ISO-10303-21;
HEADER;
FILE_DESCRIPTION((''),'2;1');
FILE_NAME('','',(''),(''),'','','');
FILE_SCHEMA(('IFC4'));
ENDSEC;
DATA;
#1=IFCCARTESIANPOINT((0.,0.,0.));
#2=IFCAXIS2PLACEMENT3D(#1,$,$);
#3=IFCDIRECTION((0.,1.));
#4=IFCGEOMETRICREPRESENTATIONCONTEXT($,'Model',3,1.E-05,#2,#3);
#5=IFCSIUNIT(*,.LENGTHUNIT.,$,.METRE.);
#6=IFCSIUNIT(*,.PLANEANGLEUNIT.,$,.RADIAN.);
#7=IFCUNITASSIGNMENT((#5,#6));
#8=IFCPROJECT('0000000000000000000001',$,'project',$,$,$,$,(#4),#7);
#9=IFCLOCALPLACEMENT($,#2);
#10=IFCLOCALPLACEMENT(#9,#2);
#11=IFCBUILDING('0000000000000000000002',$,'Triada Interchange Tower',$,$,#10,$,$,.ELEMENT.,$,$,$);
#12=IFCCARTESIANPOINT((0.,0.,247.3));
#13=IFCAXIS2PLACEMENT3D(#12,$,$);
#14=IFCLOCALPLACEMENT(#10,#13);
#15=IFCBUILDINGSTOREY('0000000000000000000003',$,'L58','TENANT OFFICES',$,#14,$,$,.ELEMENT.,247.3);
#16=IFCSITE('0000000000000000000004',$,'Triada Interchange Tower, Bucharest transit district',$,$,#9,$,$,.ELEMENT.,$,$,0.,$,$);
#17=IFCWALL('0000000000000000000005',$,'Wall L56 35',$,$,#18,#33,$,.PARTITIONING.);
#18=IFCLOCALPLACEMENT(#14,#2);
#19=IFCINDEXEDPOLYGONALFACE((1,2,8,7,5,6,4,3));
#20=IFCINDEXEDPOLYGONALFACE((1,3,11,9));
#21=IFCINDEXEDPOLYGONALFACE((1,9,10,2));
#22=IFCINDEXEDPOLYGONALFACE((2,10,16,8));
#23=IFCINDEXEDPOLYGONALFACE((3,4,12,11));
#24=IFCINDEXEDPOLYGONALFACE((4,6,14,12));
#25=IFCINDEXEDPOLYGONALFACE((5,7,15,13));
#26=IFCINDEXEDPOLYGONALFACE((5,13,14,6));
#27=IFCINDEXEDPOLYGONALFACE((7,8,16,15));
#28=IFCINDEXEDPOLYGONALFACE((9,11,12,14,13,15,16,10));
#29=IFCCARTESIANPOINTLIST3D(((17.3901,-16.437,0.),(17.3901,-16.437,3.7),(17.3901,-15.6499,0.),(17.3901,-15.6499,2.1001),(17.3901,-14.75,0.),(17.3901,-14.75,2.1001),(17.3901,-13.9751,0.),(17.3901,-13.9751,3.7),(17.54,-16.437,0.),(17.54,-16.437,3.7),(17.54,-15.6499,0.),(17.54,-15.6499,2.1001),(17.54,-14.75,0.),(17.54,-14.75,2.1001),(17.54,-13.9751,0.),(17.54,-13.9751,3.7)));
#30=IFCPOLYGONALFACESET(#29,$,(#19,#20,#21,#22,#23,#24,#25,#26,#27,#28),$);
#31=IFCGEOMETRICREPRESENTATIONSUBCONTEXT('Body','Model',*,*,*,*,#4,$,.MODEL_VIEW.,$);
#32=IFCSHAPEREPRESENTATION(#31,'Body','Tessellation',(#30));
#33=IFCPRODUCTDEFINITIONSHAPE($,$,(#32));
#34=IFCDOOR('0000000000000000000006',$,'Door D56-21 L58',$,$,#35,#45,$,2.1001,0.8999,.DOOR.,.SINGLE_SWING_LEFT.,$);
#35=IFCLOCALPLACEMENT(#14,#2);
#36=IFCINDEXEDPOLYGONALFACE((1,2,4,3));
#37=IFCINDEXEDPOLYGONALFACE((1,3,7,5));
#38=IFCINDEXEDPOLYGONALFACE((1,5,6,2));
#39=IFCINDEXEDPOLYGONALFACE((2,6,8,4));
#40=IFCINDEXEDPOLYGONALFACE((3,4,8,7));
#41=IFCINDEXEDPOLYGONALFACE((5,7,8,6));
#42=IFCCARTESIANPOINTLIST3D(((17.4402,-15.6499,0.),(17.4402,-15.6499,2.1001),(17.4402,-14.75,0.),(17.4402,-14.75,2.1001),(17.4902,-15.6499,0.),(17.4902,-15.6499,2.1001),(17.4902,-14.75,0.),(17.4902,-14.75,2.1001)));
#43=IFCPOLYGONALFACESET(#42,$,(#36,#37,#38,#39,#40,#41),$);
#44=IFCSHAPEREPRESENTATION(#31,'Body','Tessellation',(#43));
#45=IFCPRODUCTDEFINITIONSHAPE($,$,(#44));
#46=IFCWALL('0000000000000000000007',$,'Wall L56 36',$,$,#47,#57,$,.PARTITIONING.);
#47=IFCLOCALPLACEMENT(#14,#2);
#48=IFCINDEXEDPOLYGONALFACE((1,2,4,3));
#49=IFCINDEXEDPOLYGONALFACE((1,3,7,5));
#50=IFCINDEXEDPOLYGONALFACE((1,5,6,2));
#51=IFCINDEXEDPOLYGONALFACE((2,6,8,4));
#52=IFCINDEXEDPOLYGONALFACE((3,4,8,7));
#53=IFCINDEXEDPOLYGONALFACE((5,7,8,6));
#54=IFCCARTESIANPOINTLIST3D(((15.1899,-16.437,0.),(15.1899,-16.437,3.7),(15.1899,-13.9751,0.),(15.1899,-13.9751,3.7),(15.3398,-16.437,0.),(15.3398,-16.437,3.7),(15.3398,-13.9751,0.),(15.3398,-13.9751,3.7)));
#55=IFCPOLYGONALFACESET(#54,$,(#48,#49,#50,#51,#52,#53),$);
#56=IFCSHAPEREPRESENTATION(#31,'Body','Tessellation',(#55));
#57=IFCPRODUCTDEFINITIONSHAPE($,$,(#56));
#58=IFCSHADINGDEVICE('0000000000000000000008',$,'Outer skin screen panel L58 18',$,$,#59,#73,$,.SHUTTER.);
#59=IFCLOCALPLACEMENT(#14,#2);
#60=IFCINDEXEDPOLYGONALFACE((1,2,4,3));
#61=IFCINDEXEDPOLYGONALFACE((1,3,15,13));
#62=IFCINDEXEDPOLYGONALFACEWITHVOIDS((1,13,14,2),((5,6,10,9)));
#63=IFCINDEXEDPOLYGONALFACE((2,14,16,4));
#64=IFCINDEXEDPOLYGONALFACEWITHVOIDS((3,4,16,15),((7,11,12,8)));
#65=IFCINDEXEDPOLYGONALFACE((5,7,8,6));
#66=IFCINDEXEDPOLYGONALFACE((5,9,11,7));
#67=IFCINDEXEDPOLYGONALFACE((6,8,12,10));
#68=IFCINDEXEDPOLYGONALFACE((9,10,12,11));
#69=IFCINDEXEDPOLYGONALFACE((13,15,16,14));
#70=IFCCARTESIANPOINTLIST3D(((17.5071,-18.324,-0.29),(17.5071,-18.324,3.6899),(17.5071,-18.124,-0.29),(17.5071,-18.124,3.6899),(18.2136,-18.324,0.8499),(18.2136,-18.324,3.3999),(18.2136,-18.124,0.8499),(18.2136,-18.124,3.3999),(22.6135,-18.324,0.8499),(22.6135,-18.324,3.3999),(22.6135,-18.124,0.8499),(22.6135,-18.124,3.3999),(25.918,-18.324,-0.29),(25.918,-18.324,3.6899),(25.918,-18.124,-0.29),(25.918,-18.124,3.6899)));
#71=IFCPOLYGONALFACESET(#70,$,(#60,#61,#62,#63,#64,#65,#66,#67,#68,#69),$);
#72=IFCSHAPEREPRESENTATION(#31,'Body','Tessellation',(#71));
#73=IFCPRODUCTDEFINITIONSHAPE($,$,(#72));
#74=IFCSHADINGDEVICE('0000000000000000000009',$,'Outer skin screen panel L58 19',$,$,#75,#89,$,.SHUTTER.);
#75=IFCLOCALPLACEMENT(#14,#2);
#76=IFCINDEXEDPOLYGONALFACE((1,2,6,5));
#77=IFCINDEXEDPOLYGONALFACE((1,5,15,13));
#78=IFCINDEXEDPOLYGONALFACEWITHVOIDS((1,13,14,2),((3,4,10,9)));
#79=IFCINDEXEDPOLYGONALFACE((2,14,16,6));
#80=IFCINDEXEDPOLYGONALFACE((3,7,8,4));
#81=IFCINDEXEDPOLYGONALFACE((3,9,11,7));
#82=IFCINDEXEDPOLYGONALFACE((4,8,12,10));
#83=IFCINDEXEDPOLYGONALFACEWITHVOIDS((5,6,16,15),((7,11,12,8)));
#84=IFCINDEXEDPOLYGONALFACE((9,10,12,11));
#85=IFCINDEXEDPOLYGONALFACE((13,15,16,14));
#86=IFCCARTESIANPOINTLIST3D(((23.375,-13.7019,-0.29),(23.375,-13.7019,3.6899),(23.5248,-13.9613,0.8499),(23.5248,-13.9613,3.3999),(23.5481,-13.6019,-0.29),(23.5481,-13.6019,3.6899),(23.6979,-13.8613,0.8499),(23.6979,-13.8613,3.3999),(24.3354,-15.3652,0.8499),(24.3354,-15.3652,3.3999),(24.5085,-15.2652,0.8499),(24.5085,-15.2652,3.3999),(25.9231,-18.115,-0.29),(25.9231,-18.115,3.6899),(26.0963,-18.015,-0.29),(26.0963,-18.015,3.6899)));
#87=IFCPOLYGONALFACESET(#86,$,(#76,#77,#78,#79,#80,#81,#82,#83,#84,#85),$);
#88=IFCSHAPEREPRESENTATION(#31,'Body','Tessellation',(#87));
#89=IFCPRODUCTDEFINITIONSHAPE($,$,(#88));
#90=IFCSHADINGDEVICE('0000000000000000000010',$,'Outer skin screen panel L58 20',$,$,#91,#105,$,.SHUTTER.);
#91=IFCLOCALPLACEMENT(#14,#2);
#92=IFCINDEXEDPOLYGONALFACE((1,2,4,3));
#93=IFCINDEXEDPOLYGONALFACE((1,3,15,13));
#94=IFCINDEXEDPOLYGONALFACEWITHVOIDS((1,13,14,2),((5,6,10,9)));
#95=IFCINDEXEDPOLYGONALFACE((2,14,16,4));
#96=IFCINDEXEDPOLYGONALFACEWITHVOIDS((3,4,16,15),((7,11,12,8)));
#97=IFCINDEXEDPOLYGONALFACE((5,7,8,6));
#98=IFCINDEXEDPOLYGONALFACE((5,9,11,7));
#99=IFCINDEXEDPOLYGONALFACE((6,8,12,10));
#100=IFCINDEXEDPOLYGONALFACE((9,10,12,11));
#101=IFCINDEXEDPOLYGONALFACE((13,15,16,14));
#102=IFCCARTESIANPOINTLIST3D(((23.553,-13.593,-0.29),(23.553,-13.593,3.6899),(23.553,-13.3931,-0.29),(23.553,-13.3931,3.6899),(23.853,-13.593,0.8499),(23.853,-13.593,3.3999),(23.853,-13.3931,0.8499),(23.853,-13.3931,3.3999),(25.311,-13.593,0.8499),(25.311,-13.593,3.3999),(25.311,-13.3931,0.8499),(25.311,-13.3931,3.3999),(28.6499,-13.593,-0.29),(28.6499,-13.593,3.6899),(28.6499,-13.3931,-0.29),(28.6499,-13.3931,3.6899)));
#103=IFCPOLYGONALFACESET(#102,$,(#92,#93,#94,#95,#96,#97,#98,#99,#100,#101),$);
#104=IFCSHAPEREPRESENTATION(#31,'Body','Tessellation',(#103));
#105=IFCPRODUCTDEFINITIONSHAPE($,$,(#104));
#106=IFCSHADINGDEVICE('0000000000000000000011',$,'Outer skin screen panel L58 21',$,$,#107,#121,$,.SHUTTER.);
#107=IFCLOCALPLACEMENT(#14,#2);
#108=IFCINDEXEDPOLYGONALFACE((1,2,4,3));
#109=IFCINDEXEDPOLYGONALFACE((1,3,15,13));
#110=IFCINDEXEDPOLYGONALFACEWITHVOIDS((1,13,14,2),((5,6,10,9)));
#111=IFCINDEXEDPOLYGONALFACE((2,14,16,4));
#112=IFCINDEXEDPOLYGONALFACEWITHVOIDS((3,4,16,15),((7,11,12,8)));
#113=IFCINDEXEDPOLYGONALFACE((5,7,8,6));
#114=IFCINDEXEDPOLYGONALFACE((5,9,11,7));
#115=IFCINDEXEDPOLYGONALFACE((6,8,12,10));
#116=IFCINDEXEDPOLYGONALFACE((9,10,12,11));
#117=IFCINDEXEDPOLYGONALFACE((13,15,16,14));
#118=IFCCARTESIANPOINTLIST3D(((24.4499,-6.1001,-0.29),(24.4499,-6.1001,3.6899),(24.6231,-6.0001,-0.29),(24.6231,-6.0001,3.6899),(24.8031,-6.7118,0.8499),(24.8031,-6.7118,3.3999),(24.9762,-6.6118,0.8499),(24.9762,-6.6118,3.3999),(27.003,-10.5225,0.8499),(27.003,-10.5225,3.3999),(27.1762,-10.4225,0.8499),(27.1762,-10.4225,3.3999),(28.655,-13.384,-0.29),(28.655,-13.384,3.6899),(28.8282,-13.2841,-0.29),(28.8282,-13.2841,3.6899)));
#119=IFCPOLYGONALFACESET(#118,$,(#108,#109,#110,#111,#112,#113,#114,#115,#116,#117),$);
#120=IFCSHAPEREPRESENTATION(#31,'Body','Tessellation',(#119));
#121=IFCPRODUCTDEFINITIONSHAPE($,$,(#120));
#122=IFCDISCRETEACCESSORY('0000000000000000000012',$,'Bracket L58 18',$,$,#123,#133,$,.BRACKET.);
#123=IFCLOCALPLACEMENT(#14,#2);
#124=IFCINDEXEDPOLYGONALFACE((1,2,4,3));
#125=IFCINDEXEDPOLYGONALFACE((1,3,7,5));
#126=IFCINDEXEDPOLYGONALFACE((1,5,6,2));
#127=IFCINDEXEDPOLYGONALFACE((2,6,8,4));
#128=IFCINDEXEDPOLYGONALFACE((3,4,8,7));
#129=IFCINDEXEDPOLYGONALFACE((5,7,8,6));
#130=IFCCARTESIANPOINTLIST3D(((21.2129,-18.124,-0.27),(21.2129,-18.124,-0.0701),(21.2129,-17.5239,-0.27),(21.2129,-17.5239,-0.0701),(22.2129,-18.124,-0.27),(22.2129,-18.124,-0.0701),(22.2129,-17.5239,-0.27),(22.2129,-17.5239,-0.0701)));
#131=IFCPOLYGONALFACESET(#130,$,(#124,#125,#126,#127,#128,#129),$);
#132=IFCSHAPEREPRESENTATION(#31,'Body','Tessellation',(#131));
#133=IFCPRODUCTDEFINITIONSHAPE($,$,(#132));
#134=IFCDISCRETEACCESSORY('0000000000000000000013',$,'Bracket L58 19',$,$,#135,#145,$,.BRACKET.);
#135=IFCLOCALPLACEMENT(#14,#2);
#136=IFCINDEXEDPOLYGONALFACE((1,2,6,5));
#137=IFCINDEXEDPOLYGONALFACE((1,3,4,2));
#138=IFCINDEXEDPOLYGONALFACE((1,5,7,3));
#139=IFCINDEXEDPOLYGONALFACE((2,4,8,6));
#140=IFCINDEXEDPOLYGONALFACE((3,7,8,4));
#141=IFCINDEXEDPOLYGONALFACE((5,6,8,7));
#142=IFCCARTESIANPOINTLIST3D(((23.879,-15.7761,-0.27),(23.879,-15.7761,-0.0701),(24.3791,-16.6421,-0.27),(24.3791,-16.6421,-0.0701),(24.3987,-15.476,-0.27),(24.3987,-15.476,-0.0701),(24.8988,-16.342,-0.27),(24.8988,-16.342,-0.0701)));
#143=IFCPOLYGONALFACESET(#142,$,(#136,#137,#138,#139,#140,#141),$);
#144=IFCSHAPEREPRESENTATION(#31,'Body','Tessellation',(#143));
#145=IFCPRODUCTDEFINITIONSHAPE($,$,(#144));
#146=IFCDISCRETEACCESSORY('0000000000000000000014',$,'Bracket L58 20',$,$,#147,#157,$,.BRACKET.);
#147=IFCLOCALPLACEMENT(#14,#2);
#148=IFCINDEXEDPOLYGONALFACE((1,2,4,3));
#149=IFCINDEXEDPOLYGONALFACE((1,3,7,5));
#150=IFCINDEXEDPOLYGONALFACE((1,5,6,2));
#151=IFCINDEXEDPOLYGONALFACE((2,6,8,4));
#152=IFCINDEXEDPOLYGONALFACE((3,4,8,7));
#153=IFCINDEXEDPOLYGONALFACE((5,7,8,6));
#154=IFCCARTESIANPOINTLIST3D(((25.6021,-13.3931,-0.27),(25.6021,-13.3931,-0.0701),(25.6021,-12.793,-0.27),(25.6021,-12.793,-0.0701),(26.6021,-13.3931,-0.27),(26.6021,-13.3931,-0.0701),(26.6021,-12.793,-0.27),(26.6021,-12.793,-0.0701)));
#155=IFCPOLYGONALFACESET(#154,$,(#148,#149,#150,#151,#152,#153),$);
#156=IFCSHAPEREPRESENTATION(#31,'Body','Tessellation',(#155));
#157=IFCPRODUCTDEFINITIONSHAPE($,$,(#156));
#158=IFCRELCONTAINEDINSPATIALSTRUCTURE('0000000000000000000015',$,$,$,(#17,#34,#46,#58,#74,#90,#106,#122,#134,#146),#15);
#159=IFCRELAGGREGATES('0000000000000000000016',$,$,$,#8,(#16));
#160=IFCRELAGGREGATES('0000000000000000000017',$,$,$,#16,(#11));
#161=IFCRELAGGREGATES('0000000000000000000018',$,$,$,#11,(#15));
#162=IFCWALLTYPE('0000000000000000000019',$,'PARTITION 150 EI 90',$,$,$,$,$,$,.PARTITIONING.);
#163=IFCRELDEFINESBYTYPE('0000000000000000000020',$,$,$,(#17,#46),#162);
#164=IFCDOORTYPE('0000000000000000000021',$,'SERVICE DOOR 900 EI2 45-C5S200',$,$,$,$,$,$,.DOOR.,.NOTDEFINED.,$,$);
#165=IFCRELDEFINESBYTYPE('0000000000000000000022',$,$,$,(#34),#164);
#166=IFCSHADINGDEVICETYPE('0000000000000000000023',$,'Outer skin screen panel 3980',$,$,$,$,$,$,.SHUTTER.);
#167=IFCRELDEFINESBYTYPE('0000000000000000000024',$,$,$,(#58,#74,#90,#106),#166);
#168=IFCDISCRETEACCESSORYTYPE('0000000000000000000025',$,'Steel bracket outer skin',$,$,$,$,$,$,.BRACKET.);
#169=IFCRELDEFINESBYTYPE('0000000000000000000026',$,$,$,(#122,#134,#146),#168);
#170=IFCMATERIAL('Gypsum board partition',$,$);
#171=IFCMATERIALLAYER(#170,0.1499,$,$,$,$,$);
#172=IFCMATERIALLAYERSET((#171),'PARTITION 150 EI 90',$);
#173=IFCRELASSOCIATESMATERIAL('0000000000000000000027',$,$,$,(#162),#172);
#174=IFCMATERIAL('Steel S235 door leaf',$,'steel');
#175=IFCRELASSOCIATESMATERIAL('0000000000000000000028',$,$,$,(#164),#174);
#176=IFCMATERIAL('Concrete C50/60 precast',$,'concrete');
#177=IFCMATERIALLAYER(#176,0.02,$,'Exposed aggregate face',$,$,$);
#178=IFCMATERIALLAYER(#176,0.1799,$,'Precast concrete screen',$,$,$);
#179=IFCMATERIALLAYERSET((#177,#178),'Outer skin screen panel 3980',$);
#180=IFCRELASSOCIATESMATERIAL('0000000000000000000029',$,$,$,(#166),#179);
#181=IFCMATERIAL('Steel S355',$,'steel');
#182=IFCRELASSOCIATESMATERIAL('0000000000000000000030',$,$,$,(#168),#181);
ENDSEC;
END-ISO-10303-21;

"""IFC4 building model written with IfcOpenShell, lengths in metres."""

from ifc_helpers import new_model, si_unit, direction, frame, frame_2d, origin, origin_2d, place, context, subcontext, project, spatial, polyline, rectangle, outline, extrude, material, layer, layer_set, type_object, element, fill, save


model = new_model("IFC4")

# Units and contexts
model_context = context("Model", 3, precision=1e-05, world=origin(), true_north=direction((0.0, 1.0)))
body_context = subcontext(model_context, "Body", "Model", "MODEL_VIEW")
ifc_project = project(units=[si_unit("LENGTHUNIT", "METRE"), si_unit("PLANEANGLEUNIT", "RADIAN")], contexts=[model_context])

# Site, building, storey
site_placement = place(None, origin())
site = spatial("IfcSite", under=ifc_project, at=site_placement, Name="Triada Interchange Tower, Bucharest transit district", CompositionType="ELEMENT", RefElevation=0.0)
building_placement = place(site_placement, origin())
building = spatial("IfcBuilding", under=site, at=building_placement, Name="Triada Interchange Tower", CompositionType="ELEMENT")
storey_placement = place(building_placement, frame((0.0, 0.0, 247.3)))
storey = spatial("IfcBuildingStorey", under=building, at=storey_placement, Name="L58", Description="TENANT OFFICES", CompositionType="ELEMENT", Elevation=247.3)

# Wall, opening, door
ifc_material_1 = material(Name="Gypsum board partition")
ifc_layer_1 = layer(ifc_material_1, 0.1499)
ifc_layer_set_1 = layer_set([ifc_layer_1], Name="PARTITION 150 EI 90")
wall_type_1 = type_object("IfcWallType", Name="PARTITION 150 EI 90", PredefinedType="PARTITIONING", material=ifc_layer_set_1)
wall_1_placement = place(storey_placement, frame((17.4651, -16.437, 0.0), z_axis=(0.0, 0.0, 1.0), x_axis=(0.0, 1.0, 0.0)))
wall_1 = element("IfcWall", 1, at=wall_1_placement, inside=storey, type_object=wall_type_1, Name="Wall L56 35", PredefinedType="PARTITIONING", context=body_context, shape_type="SweptSolid", body=[
    extrude(rectangle(XDim=2.4619, YDim=0.1499, at=frame_2d((1.231, 0.0))), origin(), (0.0, 0.0, 1.0), 3.7),
])
opening_1_placement = place(wall_1_placement, frame((0.7871, 0.0, 0.0)))
opening_1 = element("IfcOpeningElement", 2, at=opening_1_placement, cuts=wall_1, PredefinedType="OPENING", context=body_context, shape_type="SweptSolid", body=[
    extrude(rectangle(XDim=0.8999, YDim=2.1001, at=frame_2d((0.45, 1.05))), frame((0.0, 0.085, 0.0), z_axis=(0.0, -1.0, 0.0), x_axis=(1.0, 0.0, 0.0)), (0.0, 0.0, 1.0), 0.1699),
])
ifc_material_2 = material(Name="Steel S235 door leaf", Category="steel")
door_type = type_object("IfcDoorType", Name="SERVICE DOOR 900 EI2 45-C5S200", OperationType="NOTDEFINED", PredefinedType="DOOR", material=ifc_material_2)
door_placement = place(opening_1_placement, origin())
door = element("IfcDoor", 3, at=door_placement, inside=storey, type_object=door_type, Name="Door D56-21 L58", OperationType="SINGLE_SWING_LEFT", OverallHeight=2.1001, OverallWidth=0.8999, PredefinedType="DOOR", context=body_context, shape_type="SweptSolid", body=[
    extrude(rectangle(XDim=0.8999, YDim=2.1001, at=frame_2d((0.45, 1.05))), frame((0.0, 0.0249, 0.0), z_axis=(0.0, -1.0, 0.0), x_axis=(1.0, 0.0, 0.0)), (0.0, 0.0, 1.0), 0.05),
])
fill(opening_1, door)

# Wall
wall_2_placement = place(storey_placement, frame((15.2649, -16.437, 0.0), z_axis=(0.0, 0.0, 1.0), x_axis=(0.0, 1.0, 0.0)))
element("IfcWall", 4, at=wall_2_placement, inside=storey, type_object=wall_type_1, Name="Wall L56 36", PredefinedType="PARTITIONING", context=body_context, shape_type="SweptSolid", body=[
    extrude(rectangle(XDim=2.4619, YDim=0.1499, at=frame_2d((1.231, 0.0))), origin(), (0.0, 0.0, 1.0), 3.7),
])

# Shading devices
ifc_material_3 = material(Name="Concrete C50/60 precast", Category="concrete")
ifc_layer_2 = layer(ifc_material_3, 0.02, Name="Exposed aggregate face")
ifc_layer_3 = layer(ifc_material_3, 0.1799, Name="Precast concrete screen")
ifc_layer_set_2 = layer_set([ifc_layer_2, ifc_layer_3], Name="Outer skin screen panel 3980")
shading_device_type = type_object("IfcShadingDeviceType", Name="Outer skin screen panel 3980", PredefinedType="SHUTTER", material=ifc_layer_set_2)
shading_device_1_placement = place(storey_placement, frame((17.5071, -18.124, -0.29), z_axis=(0.0, 0.0, 1.0), x_axis=(1.0, 0.0, 0.0)))
element("IfcShadingDevice", 5, at=shading_device_1_placement, inside=storey, type_object=shading_device_type, Name="Outer skin screen panel L58 18", PredefinedType="SHUTTER", context=body_context, shape_type="SweptSolid", body=[
    extrude(outline(polyline([(0.0, 0.0), (8.4109, 0.0), (8.4109, 3.98), (0.0, 3.98), (0.0, 0.0)]), holes=[polyline([(0.7065, 1.1399), (0.7065, 3.6899), (5.1064, 3.6899), (5.1064, 1.1399), (0.7065, 1.1399)])]), frame((0.0, 0.0, 0.0), z_axis=(0.0, -1.0, 0.0), x_axis=(1.0, 0.0, 0.0)), (0.0, 0.0, 1.0), 0.2),
])
shading_device_2_placement = place(storey_placement, frame((25.9231, -18.115, -0.29), z_axis=(0.0, 0.0, 1.0), x_axis=(-0.500029, 0.866008, 0.0)))
element("IfcShadingDevice", 6, at=shading_device_2_placement, inside=storey, type_object=shading_device_type, Name="Outer skin screen panel L58 19", PredefinedType="SHUTTER", context=body_context, shape_type="SweptSolid", body=[
    extrude(outline(polyline([(0.0, 0.0), (5.0959, 0.0), (5.0959, 3.98), (0.0, 3.98), (0.0, 0.0)]), holes=[polyline([(3.1753, 1.1399), (3.1753, 3.6899), (4.7964, 3.6899), (4.7964, 1.1399), (3.1753, 1.1399)])]), frame((0.0, 0.0, 0.0), z_axis=(0.0, -1.0, 0.0), x_axis=(1.0, 0.0, 0.0)), (0.0, 0.0, 1.0), 0.2),
])
shading_device_3_placement = place(storey_placement, frame((23.553, -13.3931, -0.29), z_axis=(0.0, 0.0, 1.0), x_axis=(1.0, 0.0, 0.0)))
element("IfcShadingDevice", 7, at=shading_device_3_placement, inside=storey, type_object=shading_device_type, Name="Outer skin screen panel L58 20", PredefinedType="SHUTTER", context=body_context, shape_type="SweptSolid", body=[
    extrude(outline(polyline([(0.0, 0.0), (5.0969, 0.0), (5.0969, 3.98), (0.0, 3.98), (0.0, 0.0)]), holes=[polyline([(0.3, 1.1399), (0.3, 3.6899), (1.7581, 3.6899), (1.7581, 1.1399), (0.3, 1.1399)])]), frame((0.0, 0.0, 0.0), z_axis=(0.0, -1.0, 0.0), x_axis=(1.0, 0.0, 0.0)), (0.0, 0.0, 1.0), 0.2),
])
shading_device_4_placement = place(storey_placement, frame((28.655, -13.384, -0.29), z_axis=(0.0, 0.0, 1.0), x_axis=(-0.499973, 0.866041, 0.0)))
element("IfcShadingDevice", 8, at=shading_device_4_placement, inside=storey, type_object=shading_device_type, Name="Outer skin screen panel L58 21", PredefinedType="SHUTTER", context=body_context, shape_type="SweptSolid", body=[
    extrude(outline(polyline([(0.0, 0.0), (8.4106, 0.0), (8.4106, 3.98), (0.0, 3.98), (0.0, 0.0)]), holes=[polyline([(3.3042, 1.1399), (3.3042, 3.6899), (7.7043, 3.6899), (7.7043, 1.1399), (3.3042, 1.1399)])]), frame((0.0, 0.0, 0.0), z_axis=(0.0, -1.0, 0.0), x_axis=(1.0, 0.0, 0.0)), (0.0, 0.0, 1.0), 0.2),
])

# Discrete accessories
ifc_material_4 = material(Name="Steel S355", Category="steel")
discrete_accessory_type = type_object("IfcDiscreteAccessoryType", Name="Steel bracket outer skin", PredefinedType="BRACKET", material=ifc_material_4)
for number, where, z_axis, x_axis, name in (
    (9, (21.7129, -17.824, -0.27), (0.0, 0.0, 1.0), (0.0, -1.0, 0.0), "Bracket L58 18"),
    (10, (24.3889, -16.0591, -0.27), (0.0, 0.0, 1.0), (0.865981, 0.500076, 0.0), "Bracket L58 19"),
    (11, (26.1021, -13.093, -0.27), (0.0, 0.0, 1.0), (0.0, -1.0, 0.0), "Bracket L58 20"),
):
    element("IfcDiscreteAccessory", number, at=place(storey_placement, frame(where, z_axis=z_axis, x_axis=x_axis)), inside=storey, type_object=discrete_accessory_type, Name=name, PredefinedType="BRACKET", context=body_context, shape_type="SweptSolid", body=[
        extrude(rectangle(XDim=0.6001, YDim=1.0, at=origin_2d()), origin(), (0.0, 0.0, 1.0), 0.2),
    ])

save(model, "model.ifc")
